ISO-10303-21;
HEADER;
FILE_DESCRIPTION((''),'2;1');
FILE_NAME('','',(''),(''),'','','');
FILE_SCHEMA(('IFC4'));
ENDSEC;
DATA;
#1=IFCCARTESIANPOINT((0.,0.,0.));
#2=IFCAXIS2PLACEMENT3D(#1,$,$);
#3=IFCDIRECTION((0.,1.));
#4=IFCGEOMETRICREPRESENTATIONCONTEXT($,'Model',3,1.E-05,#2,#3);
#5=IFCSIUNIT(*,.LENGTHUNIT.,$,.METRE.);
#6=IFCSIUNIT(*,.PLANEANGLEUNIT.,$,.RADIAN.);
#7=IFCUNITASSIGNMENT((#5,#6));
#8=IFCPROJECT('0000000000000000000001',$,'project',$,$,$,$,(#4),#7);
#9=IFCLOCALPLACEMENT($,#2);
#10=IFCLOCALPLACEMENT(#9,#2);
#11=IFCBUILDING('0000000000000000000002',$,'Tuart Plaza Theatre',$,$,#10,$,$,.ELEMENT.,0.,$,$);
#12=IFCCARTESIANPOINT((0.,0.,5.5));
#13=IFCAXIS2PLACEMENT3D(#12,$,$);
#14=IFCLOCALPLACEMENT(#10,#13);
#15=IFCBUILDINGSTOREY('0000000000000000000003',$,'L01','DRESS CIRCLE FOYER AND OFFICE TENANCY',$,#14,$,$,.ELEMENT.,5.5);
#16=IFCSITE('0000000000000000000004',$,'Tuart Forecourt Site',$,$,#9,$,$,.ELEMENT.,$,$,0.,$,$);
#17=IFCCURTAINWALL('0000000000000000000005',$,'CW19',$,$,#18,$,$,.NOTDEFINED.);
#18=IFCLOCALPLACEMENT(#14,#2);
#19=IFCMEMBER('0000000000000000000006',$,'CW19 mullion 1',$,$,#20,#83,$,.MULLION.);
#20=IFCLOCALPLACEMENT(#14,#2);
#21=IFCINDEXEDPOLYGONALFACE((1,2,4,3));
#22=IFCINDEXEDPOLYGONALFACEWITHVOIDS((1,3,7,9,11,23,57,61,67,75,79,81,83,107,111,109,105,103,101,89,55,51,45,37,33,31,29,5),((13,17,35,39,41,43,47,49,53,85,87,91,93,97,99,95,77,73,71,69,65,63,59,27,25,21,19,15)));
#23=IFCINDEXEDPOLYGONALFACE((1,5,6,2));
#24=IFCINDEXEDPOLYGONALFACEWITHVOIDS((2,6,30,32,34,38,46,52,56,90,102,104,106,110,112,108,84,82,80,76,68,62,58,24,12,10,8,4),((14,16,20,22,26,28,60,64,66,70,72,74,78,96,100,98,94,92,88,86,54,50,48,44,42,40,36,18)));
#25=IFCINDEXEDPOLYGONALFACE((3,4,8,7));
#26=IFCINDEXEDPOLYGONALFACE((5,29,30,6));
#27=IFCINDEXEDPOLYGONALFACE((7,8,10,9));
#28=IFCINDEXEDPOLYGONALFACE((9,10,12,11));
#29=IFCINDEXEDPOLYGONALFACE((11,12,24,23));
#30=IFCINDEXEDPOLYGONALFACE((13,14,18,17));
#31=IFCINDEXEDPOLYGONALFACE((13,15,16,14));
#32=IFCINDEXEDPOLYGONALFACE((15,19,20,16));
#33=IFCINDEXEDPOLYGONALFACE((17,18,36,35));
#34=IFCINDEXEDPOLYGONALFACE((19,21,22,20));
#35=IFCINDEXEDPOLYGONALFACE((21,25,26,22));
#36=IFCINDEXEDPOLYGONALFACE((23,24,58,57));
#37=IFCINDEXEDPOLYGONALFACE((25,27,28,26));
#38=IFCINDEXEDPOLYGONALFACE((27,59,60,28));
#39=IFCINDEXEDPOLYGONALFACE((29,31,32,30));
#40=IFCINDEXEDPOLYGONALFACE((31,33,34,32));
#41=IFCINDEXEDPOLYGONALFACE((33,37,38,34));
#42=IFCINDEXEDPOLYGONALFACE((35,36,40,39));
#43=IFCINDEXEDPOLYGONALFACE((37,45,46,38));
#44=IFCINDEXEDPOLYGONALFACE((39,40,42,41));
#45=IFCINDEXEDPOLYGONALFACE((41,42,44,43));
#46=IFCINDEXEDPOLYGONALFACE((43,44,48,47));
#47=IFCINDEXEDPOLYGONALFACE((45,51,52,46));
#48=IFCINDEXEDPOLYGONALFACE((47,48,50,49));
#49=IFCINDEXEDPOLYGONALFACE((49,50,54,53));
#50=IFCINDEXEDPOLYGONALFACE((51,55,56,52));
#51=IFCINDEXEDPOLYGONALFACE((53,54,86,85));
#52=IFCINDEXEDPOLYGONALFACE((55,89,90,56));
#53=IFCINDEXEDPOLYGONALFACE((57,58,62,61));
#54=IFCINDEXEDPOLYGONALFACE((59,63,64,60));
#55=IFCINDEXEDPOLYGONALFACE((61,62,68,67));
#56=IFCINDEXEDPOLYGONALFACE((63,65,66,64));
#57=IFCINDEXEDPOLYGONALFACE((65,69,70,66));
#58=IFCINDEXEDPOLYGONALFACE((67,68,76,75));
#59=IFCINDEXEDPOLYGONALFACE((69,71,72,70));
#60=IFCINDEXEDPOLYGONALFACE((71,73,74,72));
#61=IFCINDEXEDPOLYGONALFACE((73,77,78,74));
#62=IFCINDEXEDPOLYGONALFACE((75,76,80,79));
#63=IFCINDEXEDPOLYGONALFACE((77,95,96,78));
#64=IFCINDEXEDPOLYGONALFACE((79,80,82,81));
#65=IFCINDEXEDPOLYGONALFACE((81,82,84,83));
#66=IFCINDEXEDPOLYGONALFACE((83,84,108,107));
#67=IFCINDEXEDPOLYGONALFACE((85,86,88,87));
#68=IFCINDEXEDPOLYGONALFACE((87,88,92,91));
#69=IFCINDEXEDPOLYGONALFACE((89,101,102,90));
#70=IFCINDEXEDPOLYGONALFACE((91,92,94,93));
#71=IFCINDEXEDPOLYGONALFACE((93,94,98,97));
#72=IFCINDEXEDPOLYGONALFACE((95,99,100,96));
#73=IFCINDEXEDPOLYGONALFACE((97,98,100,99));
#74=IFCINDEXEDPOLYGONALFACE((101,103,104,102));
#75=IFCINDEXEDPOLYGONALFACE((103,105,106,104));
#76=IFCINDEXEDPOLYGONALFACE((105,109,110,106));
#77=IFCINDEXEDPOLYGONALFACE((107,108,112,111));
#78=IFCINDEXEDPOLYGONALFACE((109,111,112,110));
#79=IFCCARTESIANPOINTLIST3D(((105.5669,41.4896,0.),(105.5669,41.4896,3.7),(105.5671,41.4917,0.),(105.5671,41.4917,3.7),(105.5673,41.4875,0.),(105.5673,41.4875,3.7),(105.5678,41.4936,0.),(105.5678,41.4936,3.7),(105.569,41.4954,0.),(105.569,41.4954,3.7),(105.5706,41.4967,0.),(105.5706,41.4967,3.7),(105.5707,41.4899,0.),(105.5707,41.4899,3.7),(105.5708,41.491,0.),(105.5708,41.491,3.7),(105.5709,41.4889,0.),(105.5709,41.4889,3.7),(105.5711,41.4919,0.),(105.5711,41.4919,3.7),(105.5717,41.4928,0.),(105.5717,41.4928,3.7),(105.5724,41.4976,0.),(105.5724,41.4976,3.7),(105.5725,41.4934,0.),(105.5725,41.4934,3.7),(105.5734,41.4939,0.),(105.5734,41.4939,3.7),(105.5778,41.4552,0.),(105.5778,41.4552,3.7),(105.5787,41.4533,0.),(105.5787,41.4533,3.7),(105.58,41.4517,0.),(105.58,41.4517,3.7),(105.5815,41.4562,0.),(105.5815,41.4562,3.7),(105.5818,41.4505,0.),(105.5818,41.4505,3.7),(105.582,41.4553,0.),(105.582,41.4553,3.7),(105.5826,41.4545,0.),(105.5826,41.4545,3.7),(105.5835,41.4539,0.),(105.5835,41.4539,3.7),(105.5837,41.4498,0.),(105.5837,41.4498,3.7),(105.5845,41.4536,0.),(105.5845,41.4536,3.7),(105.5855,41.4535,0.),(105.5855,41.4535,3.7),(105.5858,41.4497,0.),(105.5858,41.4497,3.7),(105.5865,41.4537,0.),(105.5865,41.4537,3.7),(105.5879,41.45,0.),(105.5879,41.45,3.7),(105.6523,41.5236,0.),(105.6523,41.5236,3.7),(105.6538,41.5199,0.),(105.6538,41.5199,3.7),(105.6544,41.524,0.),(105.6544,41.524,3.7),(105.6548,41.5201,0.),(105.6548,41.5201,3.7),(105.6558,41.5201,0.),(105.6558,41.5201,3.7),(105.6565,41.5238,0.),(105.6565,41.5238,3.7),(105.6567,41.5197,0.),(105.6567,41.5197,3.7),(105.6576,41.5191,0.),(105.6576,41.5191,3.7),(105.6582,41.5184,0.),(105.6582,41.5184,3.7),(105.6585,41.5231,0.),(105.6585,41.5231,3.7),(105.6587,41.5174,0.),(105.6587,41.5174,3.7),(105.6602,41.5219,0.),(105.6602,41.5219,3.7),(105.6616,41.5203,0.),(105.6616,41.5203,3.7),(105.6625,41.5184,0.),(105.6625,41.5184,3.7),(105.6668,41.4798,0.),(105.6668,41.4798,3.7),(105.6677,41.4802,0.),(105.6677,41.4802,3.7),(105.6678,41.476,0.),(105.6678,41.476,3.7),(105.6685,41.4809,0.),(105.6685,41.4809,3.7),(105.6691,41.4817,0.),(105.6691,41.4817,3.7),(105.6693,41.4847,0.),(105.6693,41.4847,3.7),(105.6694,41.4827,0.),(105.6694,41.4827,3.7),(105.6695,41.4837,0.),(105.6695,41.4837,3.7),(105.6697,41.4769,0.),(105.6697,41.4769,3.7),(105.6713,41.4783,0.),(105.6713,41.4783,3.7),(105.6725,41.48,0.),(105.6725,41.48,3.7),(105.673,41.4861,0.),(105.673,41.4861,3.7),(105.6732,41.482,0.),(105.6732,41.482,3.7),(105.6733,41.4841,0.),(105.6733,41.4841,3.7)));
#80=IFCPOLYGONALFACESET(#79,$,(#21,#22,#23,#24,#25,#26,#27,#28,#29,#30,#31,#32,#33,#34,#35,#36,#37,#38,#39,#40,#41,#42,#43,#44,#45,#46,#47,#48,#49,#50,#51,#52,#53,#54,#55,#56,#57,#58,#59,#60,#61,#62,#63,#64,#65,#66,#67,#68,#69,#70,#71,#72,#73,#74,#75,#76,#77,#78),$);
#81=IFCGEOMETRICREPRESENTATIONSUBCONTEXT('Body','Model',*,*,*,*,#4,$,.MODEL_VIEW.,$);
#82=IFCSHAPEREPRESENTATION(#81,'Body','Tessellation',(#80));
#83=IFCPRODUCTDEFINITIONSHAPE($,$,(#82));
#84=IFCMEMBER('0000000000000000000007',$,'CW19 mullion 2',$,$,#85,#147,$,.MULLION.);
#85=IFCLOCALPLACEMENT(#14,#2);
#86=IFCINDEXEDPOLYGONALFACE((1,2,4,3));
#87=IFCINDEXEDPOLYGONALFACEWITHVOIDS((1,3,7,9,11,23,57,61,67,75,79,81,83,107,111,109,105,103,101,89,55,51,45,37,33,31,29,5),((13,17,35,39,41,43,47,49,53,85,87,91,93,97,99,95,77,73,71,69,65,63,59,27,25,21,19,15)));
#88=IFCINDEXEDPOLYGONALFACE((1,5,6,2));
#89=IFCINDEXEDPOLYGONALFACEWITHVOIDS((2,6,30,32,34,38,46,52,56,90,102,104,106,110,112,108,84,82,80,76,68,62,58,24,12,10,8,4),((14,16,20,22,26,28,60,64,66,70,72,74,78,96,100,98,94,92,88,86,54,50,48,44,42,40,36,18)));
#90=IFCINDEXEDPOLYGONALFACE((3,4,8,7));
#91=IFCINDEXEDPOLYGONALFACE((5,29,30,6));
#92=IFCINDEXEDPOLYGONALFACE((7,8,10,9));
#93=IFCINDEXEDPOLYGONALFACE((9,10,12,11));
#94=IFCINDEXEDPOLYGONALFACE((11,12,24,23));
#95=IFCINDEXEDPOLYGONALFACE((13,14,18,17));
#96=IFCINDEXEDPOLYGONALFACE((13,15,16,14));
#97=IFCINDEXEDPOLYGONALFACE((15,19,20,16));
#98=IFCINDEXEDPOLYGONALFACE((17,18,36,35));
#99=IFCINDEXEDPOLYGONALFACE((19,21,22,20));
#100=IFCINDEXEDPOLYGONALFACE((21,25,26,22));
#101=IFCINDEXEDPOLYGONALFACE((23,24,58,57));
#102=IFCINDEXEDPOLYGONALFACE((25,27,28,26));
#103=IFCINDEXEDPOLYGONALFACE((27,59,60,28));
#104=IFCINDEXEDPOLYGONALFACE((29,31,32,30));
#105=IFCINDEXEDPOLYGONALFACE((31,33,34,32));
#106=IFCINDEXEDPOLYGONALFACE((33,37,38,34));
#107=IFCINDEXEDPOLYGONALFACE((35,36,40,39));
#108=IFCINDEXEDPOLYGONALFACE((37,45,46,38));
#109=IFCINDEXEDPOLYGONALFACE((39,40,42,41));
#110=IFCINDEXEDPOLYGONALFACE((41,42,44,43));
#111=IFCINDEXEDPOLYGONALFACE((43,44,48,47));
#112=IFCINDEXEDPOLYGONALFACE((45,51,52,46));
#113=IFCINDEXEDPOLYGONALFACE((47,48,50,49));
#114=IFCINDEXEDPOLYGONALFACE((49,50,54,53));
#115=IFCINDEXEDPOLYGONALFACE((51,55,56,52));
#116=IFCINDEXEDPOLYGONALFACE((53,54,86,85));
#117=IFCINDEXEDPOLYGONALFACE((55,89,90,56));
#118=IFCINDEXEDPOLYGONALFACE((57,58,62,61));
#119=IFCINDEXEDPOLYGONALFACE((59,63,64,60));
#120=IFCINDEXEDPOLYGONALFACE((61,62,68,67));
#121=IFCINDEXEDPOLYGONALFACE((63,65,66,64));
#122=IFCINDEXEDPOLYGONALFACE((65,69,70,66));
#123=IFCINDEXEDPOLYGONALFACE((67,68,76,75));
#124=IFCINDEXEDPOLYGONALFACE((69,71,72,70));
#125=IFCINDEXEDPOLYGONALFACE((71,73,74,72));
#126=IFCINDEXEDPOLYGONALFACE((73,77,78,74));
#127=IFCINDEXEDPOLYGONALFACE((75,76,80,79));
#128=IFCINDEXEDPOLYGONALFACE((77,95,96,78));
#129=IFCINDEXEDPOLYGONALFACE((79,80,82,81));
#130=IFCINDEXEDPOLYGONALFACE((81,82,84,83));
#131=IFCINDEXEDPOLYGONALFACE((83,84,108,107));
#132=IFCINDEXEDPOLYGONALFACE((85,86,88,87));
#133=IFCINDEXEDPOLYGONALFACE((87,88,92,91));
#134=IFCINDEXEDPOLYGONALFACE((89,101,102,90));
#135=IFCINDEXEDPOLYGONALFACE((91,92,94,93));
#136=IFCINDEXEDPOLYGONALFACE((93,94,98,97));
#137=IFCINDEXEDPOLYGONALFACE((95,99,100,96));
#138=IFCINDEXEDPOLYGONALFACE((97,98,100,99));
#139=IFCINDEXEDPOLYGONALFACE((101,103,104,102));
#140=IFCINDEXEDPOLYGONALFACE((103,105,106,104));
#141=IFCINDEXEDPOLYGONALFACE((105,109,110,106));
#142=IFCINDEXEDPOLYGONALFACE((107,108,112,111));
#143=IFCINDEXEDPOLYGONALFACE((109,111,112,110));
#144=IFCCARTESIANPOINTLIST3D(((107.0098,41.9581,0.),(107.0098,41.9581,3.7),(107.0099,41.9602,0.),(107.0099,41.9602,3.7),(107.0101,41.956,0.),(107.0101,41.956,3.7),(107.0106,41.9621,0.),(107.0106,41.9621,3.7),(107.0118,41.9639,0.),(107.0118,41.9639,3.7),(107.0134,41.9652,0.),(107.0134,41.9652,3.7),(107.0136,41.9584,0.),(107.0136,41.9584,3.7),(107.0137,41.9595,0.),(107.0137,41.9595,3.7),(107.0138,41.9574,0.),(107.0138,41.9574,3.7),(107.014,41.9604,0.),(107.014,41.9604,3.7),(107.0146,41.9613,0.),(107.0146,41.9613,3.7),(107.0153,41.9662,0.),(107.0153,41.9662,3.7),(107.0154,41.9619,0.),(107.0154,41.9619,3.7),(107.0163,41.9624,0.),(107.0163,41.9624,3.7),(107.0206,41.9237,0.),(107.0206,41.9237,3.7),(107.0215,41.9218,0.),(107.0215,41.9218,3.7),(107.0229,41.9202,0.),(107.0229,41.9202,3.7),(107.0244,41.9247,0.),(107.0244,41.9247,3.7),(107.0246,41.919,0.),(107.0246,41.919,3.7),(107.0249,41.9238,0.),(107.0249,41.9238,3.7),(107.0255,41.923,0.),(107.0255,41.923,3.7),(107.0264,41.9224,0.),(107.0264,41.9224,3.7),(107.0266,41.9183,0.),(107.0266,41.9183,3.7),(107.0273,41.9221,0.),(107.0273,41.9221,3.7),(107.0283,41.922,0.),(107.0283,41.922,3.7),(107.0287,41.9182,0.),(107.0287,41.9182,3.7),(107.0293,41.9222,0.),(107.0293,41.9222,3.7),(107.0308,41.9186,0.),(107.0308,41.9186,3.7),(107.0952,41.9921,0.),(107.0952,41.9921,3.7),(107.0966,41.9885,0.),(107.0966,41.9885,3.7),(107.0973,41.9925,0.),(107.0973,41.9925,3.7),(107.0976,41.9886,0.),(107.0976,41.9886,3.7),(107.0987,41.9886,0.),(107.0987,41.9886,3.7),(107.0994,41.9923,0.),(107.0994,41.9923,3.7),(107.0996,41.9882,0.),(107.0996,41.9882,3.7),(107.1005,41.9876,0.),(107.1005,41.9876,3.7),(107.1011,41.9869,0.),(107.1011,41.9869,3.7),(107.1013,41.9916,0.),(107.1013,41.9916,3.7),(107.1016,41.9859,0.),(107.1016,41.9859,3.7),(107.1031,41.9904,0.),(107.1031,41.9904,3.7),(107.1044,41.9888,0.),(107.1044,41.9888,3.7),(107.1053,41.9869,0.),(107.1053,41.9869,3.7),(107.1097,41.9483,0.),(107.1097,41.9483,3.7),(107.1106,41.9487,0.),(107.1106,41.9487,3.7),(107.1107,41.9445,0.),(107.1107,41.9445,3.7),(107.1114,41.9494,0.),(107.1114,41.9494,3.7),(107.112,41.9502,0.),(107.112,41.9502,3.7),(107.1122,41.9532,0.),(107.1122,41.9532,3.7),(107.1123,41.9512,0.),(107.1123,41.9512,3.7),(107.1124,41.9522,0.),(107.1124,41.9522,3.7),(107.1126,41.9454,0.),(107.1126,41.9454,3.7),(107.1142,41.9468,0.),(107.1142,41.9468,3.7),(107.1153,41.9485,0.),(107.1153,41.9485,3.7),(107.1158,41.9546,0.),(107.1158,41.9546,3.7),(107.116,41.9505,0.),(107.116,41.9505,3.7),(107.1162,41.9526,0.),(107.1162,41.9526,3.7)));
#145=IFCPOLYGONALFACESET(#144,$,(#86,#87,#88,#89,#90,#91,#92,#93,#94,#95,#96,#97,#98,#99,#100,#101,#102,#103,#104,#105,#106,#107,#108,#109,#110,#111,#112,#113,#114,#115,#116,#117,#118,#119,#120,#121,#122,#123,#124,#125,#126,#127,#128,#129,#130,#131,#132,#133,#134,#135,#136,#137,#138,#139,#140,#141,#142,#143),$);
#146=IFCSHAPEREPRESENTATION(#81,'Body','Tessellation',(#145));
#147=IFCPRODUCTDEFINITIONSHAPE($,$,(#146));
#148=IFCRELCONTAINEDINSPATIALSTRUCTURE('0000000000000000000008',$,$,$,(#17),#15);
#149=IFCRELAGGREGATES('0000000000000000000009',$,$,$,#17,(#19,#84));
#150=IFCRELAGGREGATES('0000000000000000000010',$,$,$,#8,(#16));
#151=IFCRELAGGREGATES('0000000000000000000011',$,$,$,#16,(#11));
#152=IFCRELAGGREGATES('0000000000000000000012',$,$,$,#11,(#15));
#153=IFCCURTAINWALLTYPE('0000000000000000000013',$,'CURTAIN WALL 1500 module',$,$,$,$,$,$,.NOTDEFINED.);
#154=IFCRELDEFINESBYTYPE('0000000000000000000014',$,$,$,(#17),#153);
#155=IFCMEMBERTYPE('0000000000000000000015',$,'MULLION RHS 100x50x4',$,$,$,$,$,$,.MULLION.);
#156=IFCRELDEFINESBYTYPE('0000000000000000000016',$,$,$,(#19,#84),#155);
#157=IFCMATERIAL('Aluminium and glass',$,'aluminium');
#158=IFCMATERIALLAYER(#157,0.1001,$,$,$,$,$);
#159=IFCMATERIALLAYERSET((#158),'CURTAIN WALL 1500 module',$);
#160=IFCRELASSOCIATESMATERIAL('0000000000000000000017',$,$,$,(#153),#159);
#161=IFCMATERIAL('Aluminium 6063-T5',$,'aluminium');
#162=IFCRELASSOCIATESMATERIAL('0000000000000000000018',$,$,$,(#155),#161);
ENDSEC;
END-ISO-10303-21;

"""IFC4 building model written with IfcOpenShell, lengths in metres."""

from ifc_helpers import new_model, si_unit, direction, frame, origin, origin_2d, place, context, subcontext, project, spatial, hollow_rectangle, extrude, material, layer, layer_set, material_profile, profile_set, type_object, element, aggregate, save


model = new_model("IFC4")

# Units and contexts
model_context = context("Model", 3, precision=1e-05, world=origin(), true_north=direction((0.0, 1.0)))
body_context = subcontext(model_context, "Body", "Model", "MODEL_VIEW")
ifc_project = project(units=[si_unit("LENGTHUNIT", "METRE"), si_unit("PLANEANGLEUNIT", "RADIAN")], contexts=[model_context])

# Site, building, storey
site_placement = place(None, origin())
site = spatial("IfcSite", under=ifc_project, at=site_placement, Name="Tuart Forecourt Site", CompositionType="ELEMENT", RefElevation=0.0)
building_placement = place(site_placement, origin())
building = spatial("IfcBuilding", under=site, at=building_placement, Name="Tuart Plaza Theatre", CompositionType="ELEMENT", ElevationOfRefHeight=0.0)
storey_placement = place(building_placement, frame((0.0, 0.0, 5.5)))
storey = spatial("IfcBuildingStorey", under=building, at=storey_placement, Name="L01", Description="DRESS CIRCLE FOYER AND OFFICE TENANCY", CompositionType="ELEMENT", Elevation=5.5)

# Shared definitions
ifc_material_1 = material(Name="Aluminium and glass", Category="aluminium")
ifc_layer_1 = layer(ifc_material_1, 0.1001)
ifc_layer_set_1 = layer_set([ifc_layer_1], Name="CURTAIN WALL 1500 module")
curtain_wall_type = type_object("IfcCurtainWallType", Name="CURTAIN WALL 1500 module", PredefinedType="NOTDEFINED", material=ifc_layer_set_1)
ifc_material_2 = material(Name="Aluminium 6063-T5", Category="aluminium")
ifc_material_profile_1 = material_profile(ifc_material_2, hollow_rectangle(XDim=0.05, YDim=0.1001, WallThickness=0.0039, InnerFilletRadius=0.0039, OuterFilletRadius=0.0081, at=origin_2d()), Name="RHS 100x50x4")
ifc_profile_set_1 = profile_set([ifc_material_profile_1], Name="Aluminium 6063-T5")
member_type_1 = type_object("IfcMemberType", Name="MULLION RHS 100x50x4", PredefinedType="MULLION", material=ifc_profile_set_1)

# Curtain wall, members
curtain_wall_1_placement = place(storey_placement, origin())
curtain_wall_1 = element("IfcCurtainWall", 1, at=curtain_wall_1_placement, inside=storey, type_object=curtain_wall_type, Name="CW19", PredefinedType="NOTDEFINED")
member_1_placement = place(storey_placement, frame((105.6201, 41.4868, 0.0), z_axis=(0.0, 0.0, 1.0), x_axis=(-0.308885, 0.951099, 0.0)))
member_1 = element("IfcMember", 2, at=member_1_placement, type_object=member_type_1, Name="CW19 mullion 1", PredefinedType="MULLION", context=body_context, shape_type="SweptSolid", body=[
    extrude(hollow_rectangle(XDim=0.05, YDim=0.1001, WallThickness=0.0039, InnerFilletRadius=0.0039, OuterFilletRadius=0.0081, at=origin_2d()), origin(), (0.0, 0.0, 1.0), 3.7),
])
member_2_placement = place(storey_placement, frame((107.063, 41.9553, 0.0), z_axis=(0.0, 0.0, 1.0), x_axis=(-0.308885, 0.951099, 0.0)))
member_2 = element("IfcMember", 3, at=member_2_placement, type_object=member_type_1, Name="CW19 mullion 2", PredefinedType="MULLION", context=body_context, shape_type="SweptSolid", body=[
    extrude(hollow_rectangle(XDim=0.05, YDim=0.1001, WallThickness=0.0039, InnerFilletRadius=0.0039, OuterFilletRadius=0.0081, at=origin_2d()), origin(), (0.0, 0.0, 1.0), 3.7),
])

aggregate(curtain_wall_1, [member_1, member_2])

save(model, "model.ifc")
